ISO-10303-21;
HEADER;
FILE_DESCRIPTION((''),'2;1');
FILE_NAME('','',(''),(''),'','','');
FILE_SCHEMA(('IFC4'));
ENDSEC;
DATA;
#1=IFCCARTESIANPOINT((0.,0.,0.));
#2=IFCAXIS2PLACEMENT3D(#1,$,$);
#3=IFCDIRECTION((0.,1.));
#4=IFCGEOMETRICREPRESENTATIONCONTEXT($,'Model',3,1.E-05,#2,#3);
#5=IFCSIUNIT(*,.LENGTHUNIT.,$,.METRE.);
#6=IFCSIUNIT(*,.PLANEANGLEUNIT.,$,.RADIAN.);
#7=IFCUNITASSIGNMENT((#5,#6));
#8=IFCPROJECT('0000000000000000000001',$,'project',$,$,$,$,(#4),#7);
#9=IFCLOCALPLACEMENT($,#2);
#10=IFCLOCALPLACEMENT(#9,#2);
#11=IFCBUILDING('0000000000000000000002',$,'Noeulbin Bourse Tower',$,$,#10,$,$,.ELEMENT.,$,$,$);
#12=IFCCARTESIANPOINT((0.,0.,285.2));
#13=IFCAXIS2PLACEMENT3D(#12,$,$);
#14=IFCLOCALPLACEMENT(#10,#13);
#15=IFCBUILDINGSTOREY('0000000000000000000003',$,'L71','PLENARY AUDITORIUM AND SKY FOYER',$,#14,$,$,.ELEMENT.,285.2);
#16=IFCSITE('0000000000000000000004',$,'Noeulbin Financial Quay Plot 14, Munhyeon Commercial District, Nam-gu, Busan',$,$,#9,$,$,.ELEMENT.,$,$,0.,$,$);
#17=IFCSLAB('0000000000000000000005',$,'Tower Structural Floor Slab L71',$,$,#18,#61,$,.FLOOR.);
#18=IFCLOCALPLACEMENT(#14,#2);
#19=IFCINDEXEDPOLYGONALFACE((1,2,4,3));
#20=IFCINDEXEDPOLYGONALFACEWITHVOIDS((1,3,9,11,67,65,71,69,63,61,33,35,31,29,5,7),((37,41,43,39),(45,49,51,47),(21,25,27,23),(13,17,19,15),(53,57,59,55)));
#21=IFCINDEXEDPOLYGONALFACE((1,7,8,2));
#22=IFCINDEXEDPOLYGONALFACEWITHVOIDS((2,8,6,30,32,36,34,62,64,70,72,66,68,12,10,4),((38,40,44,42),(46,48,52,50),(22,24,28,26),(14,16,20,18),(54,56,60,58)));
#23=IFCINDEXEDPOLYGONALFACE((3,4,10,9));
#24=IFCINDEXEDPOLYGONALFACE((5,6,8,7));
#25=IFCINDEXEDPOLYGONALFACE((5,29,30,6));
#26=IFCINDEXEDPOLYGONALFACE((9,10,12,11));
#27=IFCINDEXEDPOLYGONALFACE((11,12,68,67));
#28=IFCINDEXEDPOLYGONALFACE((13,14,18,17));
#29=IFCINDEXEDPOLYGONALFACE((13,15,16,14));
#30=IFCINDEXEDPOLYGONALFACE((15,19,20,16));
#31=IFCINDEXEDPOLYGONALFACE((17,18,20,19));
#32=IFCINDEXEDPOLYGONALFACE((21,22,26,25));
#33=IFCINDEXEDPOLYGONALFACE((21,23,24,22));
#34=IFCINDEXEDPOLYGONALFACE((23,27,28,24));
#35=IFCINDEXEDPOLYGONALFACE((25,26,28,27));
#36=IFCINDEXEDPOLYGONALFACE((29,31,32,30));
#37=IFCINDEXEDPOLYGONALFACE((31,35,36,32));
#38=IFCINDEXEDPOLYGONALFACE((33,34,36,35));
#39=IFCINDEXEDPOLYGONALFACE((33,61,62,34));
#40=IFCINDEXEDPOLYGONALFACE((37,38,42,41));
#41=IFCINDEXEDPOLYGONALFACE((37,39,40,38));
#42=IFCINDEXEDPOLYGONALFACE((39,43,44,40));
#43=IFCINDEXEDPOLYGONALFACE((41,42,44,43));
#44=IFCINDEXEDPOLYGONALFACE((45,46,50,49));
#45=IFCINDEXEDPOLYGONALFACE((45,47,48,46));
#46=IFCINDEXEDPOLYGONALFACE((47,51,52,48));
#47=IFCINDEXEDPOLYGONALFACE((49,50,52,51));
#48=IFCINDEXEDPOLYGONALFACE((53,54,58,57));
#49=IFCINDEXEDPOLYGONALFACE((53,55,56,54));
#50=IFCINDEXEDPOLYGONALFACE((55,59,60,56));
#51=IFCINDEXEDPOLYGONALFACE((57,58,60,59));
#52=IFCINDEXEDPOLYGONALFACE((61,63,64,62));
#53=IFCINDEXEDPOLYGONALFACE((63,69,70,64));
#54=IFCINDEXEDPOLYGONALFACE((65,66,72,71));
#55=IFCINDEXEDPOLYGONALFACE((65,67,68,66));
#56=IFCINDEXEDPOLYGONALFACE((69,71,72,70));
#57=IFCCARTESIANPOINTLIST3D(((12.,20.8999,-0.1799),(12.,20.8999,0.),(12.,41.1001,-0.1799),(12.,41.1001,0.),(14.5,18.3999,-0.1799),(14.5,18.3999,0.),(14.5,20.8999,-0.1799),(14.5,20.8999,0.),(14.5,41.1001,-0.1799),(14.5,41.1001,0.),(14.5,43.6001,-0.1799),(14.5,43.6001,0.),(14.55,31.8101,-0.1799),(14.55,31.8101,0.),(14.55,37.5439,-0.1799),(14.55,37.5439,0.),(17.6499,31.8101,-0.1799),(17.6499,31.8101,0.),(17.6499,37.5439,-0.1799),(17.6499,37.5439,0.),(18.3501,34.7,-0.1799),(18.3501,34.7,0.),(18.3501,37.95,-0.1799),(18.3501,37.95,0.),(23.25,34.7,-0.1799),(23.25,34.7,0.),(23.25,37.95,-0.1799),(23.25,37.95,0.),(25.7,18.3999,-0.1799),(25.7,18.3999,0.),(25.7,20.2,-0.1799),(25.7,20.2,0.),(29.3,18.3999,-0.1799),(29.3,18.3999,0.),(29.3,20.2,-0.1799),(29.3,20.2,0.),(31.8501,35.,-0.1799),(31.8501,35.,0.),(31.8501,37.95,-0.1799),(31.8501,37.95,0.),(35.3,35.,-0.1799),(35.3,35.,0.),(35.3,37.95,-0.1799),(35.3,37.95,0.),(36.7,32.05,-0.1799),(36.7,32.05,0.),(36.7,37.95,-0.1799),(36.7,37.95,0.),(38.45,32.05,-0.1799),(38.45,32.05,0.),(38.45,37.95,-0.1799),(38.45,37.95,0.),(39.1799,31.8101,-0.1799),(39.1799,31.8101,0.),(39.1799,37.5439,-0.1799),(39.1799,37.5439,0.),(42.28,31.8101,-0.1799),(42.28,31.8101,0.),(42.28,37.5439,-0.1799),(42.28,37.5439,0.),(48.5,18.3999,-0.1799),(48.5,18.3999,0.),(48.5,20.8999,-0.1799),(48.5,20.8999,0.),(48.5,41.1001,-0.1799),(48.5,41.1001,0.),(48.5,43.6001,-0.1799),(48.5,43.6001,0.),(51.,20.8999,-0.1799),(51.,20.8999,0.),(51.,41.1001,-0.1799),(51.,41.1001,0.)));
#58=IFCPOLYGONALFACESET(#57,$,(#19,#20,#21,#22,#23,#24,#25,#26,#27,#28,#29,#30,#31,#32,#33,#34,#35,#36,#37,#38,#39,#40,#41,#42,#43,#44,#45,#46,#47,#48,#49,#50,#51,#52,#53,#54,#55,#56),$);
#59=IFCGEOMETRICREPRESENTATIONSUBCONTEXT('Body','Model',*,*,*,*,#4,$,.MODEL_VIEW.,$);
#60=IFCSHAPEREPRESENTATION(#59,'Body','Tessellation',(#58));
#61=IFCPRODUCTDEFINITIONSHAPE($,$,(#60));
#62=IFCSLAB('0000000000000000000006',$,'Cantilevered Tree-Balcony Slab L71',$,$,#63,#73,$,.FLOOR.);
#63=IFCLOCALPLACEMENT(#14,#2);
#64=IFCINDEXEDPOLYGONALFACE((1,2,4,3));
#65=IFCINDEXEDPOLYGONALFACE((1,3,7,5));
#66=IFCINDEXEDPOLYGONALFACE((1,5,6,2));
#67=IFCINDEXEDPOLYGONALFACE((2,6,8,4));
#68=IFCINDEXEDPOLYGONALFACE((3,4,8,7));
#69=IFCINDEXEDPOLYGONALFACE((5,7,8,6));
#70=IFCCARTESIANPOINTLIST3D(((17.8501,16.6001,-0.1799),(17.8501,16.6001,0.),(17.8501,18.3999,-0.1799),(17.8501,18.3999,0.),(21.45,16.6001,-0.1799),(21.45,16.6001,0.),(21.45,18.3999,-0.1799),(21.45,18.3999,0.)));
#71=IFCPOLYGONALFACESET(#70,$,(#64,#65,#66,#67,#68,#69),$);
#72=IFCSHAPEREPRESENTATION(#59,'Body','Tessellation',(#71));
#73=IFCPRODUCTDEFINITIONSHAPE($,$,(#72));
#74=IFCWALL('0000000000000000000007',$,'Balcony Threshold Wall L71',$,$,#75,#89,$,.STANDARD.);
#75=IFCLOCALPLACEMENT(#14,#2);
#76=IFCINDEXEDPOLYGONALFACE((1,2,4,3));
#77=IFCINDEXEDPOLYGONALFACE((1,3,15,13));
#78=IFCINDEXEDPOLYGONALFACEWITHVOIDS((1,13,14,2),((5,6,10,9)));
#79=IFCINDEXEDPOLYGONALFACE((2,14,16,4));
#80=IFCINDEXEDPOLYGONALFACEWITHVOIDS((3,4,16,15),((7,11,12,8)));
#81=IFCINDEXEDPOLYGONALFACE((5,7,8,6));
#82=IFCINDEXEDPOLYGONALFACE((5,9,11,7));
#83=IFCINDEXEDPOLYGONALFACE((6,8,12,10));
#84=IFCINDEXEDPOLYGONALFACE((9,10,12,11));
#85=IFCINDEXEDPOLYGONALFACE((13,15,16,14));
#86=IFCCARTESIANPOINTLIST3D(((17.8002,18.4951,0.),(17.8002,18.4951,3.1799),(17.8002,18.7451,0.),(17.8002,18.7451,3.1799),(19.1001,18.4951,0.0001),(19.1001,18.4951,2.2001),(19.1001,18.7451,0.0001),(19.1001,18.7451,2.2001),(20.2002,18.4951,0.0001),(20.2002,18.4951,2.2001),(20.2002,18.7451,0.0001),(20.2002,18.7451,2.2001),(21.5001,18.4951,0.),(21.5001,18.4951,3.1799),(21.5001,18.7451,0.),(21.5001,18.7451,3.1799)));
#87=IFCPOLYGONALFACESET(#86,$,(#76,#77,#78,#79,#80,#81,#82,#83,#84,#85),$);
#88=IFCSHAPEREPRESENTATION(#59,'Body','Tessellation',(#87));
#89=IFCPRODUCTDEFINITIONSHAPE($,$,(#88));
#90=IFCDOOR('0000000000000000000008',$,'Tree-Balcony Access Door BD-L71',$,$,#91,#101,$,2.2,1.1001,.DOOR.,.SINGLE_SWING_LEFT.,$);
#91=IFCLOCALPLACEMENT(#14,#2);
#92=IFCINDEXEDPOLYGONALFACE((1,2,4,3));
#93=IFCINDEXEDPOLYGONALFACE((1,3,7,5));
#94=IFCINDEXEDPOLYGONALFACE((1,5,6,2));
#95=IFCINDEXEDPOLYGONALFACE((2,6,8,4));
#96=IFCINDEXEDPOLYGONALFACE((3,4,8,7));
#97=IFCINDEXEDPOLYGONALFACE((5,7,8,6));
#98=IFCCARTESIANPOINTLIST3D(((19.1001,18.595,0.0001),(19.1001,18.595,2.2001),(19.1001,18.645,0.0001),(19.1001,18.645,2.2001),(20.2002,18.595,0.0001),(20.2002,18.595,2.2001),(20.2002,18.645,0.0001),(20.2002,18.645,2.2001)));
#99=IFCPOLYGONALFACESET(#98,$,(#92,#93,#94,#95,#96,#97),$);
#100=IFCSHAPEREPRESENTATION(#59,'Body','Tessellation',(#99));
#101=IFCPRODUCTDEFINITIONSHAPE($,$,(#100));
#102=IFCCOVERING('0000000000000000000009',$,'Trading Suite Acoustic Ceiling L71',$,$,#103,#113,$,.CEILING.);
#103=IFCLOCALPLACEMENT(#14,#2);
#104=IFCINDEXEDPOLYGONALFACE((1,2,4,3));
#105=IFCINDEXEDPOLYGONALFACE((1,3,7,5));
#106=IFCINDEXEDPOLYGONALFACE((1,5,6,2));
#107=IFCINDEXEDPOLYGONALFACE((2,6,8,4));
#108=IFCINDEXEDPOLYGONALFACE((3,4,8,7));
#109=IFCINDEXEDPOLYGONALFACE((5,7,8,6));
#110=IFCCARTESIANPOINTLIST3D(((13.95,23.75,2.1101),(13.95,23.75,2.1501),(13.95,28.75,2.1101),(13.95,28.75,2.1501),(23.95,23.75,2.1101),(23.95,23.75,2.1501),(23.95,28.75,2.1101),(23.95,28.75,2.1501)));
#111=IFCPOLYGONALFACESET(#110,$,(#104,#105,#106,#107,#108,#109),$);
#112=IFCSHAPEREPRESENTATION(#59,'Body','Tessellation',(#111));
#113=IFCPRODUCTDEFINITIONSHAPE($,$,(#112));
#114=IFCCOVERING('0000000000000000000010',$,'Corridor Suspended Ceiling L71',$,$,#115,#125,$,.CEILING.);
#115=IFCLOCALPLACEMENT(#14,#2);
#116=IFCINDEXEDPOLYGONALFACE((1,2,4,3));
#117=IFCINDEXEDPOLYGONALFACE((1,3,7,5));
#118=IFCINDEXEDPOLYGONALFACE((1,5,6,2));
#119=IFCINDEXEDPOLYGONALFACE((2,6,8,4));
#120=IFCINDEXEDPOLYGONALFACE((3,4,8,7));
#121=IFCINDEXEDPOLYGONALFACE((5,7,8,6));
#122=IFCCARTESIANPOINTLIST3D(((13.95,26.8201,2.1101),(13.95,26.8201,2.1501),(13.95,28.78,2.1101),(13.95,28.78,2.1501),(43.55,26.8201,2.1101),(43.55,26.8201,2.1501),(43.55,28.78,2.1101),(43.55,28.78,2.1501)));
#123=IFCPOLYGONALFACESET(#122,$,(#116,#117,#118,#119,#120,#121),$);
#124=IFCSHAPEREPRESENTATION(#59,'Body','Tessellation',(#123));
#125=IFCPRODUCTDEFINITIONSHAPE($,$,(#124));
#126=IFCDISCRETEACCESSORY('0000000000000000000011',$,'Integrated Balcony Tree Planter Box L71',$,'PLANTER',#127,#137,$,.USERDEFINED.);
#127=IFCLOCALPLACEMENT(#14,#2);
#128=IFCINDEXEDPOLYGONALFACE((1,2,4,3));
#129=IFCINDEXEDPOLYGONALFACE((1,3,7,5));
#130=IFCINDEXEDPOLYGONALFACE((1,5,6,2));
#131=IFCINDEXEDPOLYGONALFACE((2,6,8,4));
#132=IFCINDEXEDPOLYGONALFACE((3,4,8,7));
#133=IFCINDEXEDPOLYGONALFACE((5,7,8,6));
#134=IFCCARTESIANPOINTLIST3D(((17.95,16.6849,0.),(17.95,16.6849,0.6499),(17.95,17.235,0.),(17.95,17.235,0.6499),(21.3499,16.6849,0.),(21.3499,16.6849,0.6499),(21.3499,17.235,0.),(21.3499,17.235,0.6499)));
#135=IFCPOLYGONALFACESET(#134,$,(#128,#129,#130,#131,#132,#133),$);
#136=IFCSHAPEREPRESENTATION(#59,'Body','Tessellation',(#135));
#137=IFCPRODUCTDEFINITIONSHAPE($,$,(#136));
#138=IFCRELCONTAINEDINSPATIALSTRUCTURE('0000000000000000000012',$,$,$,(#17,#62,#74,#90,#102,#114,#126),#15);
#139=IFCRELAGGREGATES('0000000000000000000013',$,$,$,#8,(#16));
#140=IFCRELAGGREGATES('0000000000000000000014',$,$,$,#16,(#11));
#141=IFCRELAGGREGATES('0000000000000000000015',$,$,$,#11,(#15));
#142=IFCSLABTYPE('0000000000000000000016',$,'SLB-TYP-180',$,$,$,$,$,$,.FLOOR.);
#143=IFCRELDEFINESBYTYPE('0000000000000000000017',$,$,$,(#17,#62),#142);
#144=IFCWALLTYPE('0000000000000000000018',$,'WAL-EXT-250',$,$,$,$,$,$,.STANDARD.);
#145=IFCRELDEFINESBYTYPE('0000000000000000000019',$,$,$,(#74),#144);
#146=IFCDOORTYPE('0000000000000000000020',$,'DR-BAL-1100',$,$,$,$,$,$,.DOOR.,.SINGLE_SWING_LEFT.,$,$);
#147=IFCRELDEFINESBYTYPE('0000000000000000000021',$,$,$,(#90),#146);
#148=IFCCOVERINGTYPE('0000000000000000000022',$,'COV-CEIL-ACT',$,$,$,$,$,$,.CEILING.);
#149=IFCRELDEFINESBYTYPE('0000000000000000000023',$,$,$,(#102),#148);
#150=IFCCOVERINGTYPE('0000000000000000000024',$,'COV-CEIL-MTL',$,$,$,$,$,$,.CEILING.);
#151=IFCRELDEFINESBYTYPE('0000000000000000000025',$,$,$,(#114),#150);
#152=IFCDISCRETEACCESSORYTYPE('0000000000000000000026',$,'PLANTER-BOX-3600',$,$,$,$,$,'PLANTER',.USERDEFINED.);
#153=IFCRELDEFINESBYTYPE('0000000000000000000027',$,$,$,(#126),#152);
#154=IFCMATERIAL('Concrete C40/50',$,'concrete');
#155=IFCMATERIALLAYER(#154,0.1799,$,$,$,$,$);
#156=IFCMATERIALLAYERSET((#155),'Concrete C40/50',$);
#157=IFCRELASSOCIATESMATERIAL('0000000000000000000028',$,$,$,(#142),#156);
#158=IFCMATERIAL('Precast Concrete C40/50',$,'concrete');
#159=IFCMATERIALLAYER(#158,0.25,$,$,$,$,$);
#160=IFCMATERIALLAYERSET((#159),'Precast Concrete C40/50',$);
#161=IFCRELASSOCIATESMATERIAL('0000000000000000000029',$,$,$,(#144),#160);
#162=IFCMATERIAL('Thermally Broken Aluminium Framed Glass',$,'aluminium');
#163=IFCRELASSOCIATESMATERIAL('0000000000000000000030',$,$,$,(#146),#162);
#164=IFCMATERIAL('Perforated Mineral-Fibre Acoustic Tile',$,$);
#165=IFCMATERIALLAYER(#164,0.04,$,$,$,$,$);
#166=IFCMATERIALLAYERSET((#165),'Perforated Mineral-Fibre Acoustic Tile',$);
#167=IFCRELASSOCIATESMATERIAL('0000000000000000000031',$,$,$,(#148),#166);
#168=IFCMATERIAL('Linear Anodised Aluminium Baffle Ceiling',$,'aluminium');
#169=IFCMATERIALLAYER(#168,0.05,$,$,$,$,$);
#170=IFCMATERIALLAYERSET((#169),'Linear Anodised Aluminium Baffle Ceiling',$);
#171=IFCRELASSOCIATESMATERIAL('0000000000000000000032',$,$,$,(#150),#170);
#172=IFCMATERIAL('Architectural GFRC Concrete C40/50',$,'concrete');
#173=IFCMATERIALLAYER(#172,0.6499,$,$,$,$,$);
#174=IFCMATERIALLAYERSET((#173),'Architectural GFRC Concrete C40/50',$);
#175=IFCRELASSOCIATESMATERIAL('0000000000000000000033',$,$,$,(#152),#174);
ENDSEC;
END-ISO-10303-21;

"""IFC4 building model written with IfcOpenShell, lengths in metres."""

from ifc_helpers import new_model, si_unit, direction, frame, frame_2d, origin, origin_2d, place, context, subcontext, project, spatial, polyline, rectangle, outline, extrude, material, layer, layer_set, type_object, element, fill, save


model = new_model("IFC4")

# Units and contexts
model_context = context("Model", 3, precision=1e-05, world=origin(), true_north=direction((0.0, 1.0)))
body_context = subcontext(model_context, "Body", "Model", "MODEL_VIEW")
ifc_project = project(units=[si_unit("LENGTHUNIT", "METRE"), si_unit("PLANEANGLEUNIT", "RADIAN")], contexts=[model_context])

# Site, building, storey
site_placement = place(None, origin())
site = spatial("IfcSite", under=ifc_project, at=site_placement, Name="Noeulbin Financial Quay Plot 14, Munhyeon Commercial District, Nam-gu, Busan", CompositionType="ELEMENT", RefElevation=0.0)
building_placement = place(site_placement, origin())
building = spatial("IfcBuilding", under=site, at=building_placement, Name="Noeulbin Bourse Tower", CompositionType="ELEMENT")
storey_placement = place(building_placement, frame((0.0, 0.0, 285.2)))
storey = spatial("IfcBuildingStorey", under=building, at=storey_placement, Name="L71", Description="PLENARY AUDITORIUM AND SKY FOYER", CompositionType="ELEMENT", Elevation=285.2)

# Shared definitions
ifc_material_1 = material(Name="Concrete C40/50", Category="concrete")

# Slab, openings
ifc_layer_1 = layer(ifc_material_1, 0.1799)
ifc_layer_set_1 = layer_set([ifc_layer_1], Name="Concrete C40/50")
slab_type_1 = type_object("IfcSlabType", Name="SLB-TYP-180", PredefinedType="FLOOR", material=ifc_layer_set_1)
slab_1_placement = place(storey_placement, frame((0.0, 0.0, -0.1799)))
slab_1 = element("IfcSlab", 1, at=slab_1_placement, inside=storey, type_object=slab_type_1, Name="Tower Structural Floor Slab L71", PredefinedType="FLOOR", context=body_context, shape_type="SweptSolid", body=[
    extrude(outline(polyline([(14.5, 18.3999), (25.7, 18.3999), (25.7, 20.2), (29.3, 20.2), (29.3, 18.3999), (48.5, 18.3999), (48.5, 20.8999), (51.0, 20.8999), (51.0, 41.1001), (48.5, 41.1001), (48.5, 43.6001), (14.5, 43.6001), (14.5, 41.1001), (12.0, 41.1001), (12.0, 20.8999), (14.5, 20.8999), (14.5, 18.3999)]), holes=[polyline([(17.6499, 31.8101), (17.6499, 37.5439), (14.55, 37.5439), (14.55, 31.8101), (17.6499, 31.8101)]), polyline([(42.28, 31.8101), (42.28, 37.5439), (39.1799, 37.5439), (39.1799, 31.8101), (42.28, 31.8101)]), polyline([(18.3501, 34.7), (23.25, 34.7), (23.25, 37.95), (18.3501, 37.95), (18.3501, 34.7)]), polyline([(36.7, 32.05), (38.45, 32.05), (38.45, 37.95), (36.7, 37.95), (36.7, 32.05)]), polyline([(31.8501, 35.0), (35.3, 35.0), (35.3, 37.95), (31.8501, 37.95), (31.8501, 35.0)])]), origin(), (0.0, 0.0, 1.0), 0.1799),
])
opening_1_placement = place(slab_1_placement, frame((0.0, 0.0, -0.01)))
element("IfcOpeningElement", 2, at=opening_1_placement, cuts=slab_1, PredefinedType="OPENING", context=body_context, shape_type="SweptSolid", body=[
    extrude(outline(polyline([(17.6499, 31.8101), (17.6499, 37.5439), (14.55, 37.5439), (14.55, 31.8101), (17.6499, 31.8101)])), origin(), (0.0, 0.0, 1.0), 0.2),
])
opening_2_placement = place(slab_1_placement, frame((0.0, 0.0, -0.01)))
element("IfcOpeningElement", 3, at=opening_2_placement, cuts=slab_1, PredefinedType="OPENING", context=body_context, shape_type="SweptSolid", body=[
    extrude(outline(polyline([(42.28, 31.8101), (42.28, 37.5439), (39.1799, 37.5439), (39.1799, 31.8101), (42.28, 31.8101)])), origin(), (0.0, 0.0, 1.0), 0.2),
])
opening_3_placement = place(slab_1_placement, frame((0.0, 0.0, -0.01)))
element("IfcOpeningElement", 4, at=opening_3_placement, cuts=slab_1, PredefinedType="OPENING", context=body_context, shape_type="SweptSolid", body=[
    extrude(outline(polyline([(18.3501, 34.7), (23.25, 34.7), (23.25, 37.95), (18.3501, 37.95), (18.3501, 34.7)])), origin(), (0.0, 0.0, 1.0), 0.2),
])
opening_4_placement = place(slab_1_placement, frame((0.0, 0.0, -0.01)))
element("IfcOpeningElement", 5, at=opening_4_placement, cuts=slab_1, PredefinedType="OPENING", context=body_context, shape_type="SweptSolid", body=[
    extrude(outline(polyline([(36.7, 32.05), (38.45, 32.05), (38.45, 37.95), (36.7, 37.95), (36.7, 32.05)])), origin(), (0.0, 0.0, 1.0), 0.2),
])
opening_5_placement = place(slab_1_placement, frame((0.0, 0.0, -0.01)))
element("IfcOpeningElement", 6, at=opening_5_placement, cuts=slab_1, PredefinedType="OPENING", context=body_context, shape_type="SweptSolid", body=[
    extrude(outline(polyline([(31.8501, 35.0), (35.3, 35.0), (35.3, 37.95), (31.8501, 37.95), (31.8501, 35.0)])), origin(), (0.0, 0.0, 1.0), 0.2),
])

# Slab
slab_2_placement = place(storey_placement, frame((0.0, 0.0, -0.1799)))
element("IfcSlab", 7, at=slab_2_placement, inside=storey, type_object=slab_type_1, Name="Cantilevered Tree-Balcony Slab L71", PredefinedType="FLOOR", context=body_context, shape_type="SweptSolid", body=[
    extrude(outline(polyline([(17.8501, 16.6001), (21.45, 16.6001), (21.45, 18.3999), (17.8501, 18.3999), (17.8501, 16.6001)])), origin(), (0.0, 0.0, 1.0), 0.1799),
])

# Wall, opening, door
ifc_material_2 = material(Name="Precast Concrete C40/50", Category="concrete")
ifc_layer_2 = layer(ifc_material_2, 0.25)
ifc_layer_set_2 = layer_set([ifc_layer_2], Name="Precast Concrete C40/50")
wall_type = type_object("IfcWallType", Name="WAL-EXT-250", PredefinedType="STANDARD", material=ifc_layer_set_2)
wall_placement = place(storey_placement, frame((17.8, 18.6201, 0.0), z_axis=(0.0, 0.0, 1.0), x_axis=(1.0, 0.0, 0.0)))
wall = element("IfcWall", 8, at=wall_placement, inside=storey, type_object=wall_type, Name="Balcony Threshold Wall L71", PredefinedType="STANDARD", context=body_context, shape_type="SweptSolid", body=[
    extrude(rectangle(XDim=3.7, YDim=0.25, at=frame_2d((1.8501, 0.0))), origin(), (0.0, 0.0, 1.0), 3.1799),
])
opening_6_placement = place(wall_placement, frame((1.3, 0.0, 0.0)))
opening_6 = element("IfcOpeningElement", 9, at=opening_6_placement, cuts=wall, PredefinedType="OPENING", context=body_context, shape_type="SweptSolid", body=[
    extrude(rectangle(XDim=1.1001, YDim=2.2, at=frame_2d((0.55, 1.1001))), frame((0.0, 0.135, 0.0), z_axis=(0.0, -1.0, 0.0), x_axis=(1.0, 0.0, 0.0)), (0.0, 0.0, 1.0), 0.27),
])
ifc_material_3 = material(Name="Thermally Broken Aluminium Framed Glass", Category="aluminium")
door_type = type_object("IfcDoorType", Name="DR-BAL-1100", OperationType="SINGLE_SWING_LEFT", PredefinedType="DOOR", material=ifc_material_3)
door_placement = place(opening_6_placement, origin())
door = element("IfcDoor", 10, at=door_placement, inside=storey, type_object=door_type, Name="Tree-Balcony Access Door BD-L71", OperationType="SINGLE_SWING_LEFT", OverallHeight=2.2, OverallWidth=1.1001, PredefinedType="DOOR", context=body_context, shape_type="SweptSolid", body=[
    extrude(rectangle(XDim=1.1001, YDim=2.2, at=frame_2d((0.55, 1.1001))), frame((0.0, 0.0249, 0.0), z_axis=(0.0, -1.0, 0.0), x_axis=(1.0, 0.0, 0.0)), (0.0, 0.0, 1.0), 0.05),
])
fill(opening_6, door)

# Coverings
ifc_material_4 = material(Name="Perforated Mineral-Fibre Acoustic Tile")
ifc_layer_3 = layer(ifc_material_4, 0.04)
ifc_layer_set_3 = layer_set([ifc_layer_3], Name="Perforated Mineral-Fibre Acoustic Tile")
covering_type_1 = type_object("IfcCoveringType", Name="COV-CEIL-ACT", PredefinedType="CEILING", material=ifc_layer_set_3)
covering_1_placement = place(storey_placement, frame((0.0, 0.0, 2.1101)))
element("IfcCovering", 11, at=covering_1_placement, inside=storey, type_object=covering_type_1, Name="Trading Suite Acoustic Ceiling L71", PredefinedType="CEILING", context=body_context, shape_type="SweptSolid", body=[
    extrude(outline(polyline([(13.95, 23.75), (23.95, 23.75), (23.95, 28.75), (13.95, 28.75), (13.95, 23.75)])), origin(), (0.0, 0.0, 1.0), 0.04),
])
ifc_material_5 = material(Name="Linear Anodised Aluminium Baffle Ceiling", Category="aluminium")
ifc_layer_4 = layer(ifc_material_5, 0.05)
ifc_layer_set_4 = layer_set([ifc_layer_4], Name="Linear Anodised Aluminium Baffle Ceiling")
covering_type_2 = type_object("IfcCoveringType", Name="COV-CEIL-MTL", PredefinedType="CEILING", material=ifc_layer_set_4)
covering_2_placement = place(storey_placement, frame((0.0, 0.0, 2.1101)))
element("IfcCovering", 12, at=covering_2_placement, inside=storey, type_object=covering_type_2, Name="Corridor Suspended Ceiling L71", PredefinedType="CEILING", context=body_context, shape_type="SweptSolid", body=[
    extrude(outline(polyline([(13.95, 26.8201), (43.55, 26.8201), (43.55, 28.78), (13.95, 28.78), (13.95, 26.8201)])), origin(), (0.0, 0.0, 1.0), 0.04),
])

# Discrete accessory
ifc_material_6 = material(Name="Architectural GFRC Concrete C40/50", Category="concrete")
ifc_layer_5 = layer(ifc_material_6, 0.6499)
ifc_layer_set_5 = layer_set([ifc_layer_5], Name="Architectural GFRC Concrete C40/50")
discrete_accessory_type = type_object("IfcDiscreteAccessoryType", Name="PLANTER-BOX-3600", ElementType="PLANTER", PredefinedType="USERDEFINED", material=ifc_layer_set_5)
discrete_accessory_placement = place(storey_placement, frame((19.6499, 16.96, 0.0), z_axis=(0.0, 0.0, 1.0), x_axis=(1.0, 0.0, 0.0)))
element("IfcDiscreteAccessory", 13, at=discrete_accessory_placement, inside=storey, type_object=discrete_accessory_type, Name="Integrated Balcony Tree Planter Box L71", ObjectType="PLANTER", PredefinedType="USERDEFINED", context=body_context, shape_type="SweptSolid", body=[
    extrude(rectangle(XDim=3.3999, YDim=0.55, at=origin_2d()), origin(), (0.0, 0.0, 1.0), 0.6499),
])

save(model, "model.ifc")
